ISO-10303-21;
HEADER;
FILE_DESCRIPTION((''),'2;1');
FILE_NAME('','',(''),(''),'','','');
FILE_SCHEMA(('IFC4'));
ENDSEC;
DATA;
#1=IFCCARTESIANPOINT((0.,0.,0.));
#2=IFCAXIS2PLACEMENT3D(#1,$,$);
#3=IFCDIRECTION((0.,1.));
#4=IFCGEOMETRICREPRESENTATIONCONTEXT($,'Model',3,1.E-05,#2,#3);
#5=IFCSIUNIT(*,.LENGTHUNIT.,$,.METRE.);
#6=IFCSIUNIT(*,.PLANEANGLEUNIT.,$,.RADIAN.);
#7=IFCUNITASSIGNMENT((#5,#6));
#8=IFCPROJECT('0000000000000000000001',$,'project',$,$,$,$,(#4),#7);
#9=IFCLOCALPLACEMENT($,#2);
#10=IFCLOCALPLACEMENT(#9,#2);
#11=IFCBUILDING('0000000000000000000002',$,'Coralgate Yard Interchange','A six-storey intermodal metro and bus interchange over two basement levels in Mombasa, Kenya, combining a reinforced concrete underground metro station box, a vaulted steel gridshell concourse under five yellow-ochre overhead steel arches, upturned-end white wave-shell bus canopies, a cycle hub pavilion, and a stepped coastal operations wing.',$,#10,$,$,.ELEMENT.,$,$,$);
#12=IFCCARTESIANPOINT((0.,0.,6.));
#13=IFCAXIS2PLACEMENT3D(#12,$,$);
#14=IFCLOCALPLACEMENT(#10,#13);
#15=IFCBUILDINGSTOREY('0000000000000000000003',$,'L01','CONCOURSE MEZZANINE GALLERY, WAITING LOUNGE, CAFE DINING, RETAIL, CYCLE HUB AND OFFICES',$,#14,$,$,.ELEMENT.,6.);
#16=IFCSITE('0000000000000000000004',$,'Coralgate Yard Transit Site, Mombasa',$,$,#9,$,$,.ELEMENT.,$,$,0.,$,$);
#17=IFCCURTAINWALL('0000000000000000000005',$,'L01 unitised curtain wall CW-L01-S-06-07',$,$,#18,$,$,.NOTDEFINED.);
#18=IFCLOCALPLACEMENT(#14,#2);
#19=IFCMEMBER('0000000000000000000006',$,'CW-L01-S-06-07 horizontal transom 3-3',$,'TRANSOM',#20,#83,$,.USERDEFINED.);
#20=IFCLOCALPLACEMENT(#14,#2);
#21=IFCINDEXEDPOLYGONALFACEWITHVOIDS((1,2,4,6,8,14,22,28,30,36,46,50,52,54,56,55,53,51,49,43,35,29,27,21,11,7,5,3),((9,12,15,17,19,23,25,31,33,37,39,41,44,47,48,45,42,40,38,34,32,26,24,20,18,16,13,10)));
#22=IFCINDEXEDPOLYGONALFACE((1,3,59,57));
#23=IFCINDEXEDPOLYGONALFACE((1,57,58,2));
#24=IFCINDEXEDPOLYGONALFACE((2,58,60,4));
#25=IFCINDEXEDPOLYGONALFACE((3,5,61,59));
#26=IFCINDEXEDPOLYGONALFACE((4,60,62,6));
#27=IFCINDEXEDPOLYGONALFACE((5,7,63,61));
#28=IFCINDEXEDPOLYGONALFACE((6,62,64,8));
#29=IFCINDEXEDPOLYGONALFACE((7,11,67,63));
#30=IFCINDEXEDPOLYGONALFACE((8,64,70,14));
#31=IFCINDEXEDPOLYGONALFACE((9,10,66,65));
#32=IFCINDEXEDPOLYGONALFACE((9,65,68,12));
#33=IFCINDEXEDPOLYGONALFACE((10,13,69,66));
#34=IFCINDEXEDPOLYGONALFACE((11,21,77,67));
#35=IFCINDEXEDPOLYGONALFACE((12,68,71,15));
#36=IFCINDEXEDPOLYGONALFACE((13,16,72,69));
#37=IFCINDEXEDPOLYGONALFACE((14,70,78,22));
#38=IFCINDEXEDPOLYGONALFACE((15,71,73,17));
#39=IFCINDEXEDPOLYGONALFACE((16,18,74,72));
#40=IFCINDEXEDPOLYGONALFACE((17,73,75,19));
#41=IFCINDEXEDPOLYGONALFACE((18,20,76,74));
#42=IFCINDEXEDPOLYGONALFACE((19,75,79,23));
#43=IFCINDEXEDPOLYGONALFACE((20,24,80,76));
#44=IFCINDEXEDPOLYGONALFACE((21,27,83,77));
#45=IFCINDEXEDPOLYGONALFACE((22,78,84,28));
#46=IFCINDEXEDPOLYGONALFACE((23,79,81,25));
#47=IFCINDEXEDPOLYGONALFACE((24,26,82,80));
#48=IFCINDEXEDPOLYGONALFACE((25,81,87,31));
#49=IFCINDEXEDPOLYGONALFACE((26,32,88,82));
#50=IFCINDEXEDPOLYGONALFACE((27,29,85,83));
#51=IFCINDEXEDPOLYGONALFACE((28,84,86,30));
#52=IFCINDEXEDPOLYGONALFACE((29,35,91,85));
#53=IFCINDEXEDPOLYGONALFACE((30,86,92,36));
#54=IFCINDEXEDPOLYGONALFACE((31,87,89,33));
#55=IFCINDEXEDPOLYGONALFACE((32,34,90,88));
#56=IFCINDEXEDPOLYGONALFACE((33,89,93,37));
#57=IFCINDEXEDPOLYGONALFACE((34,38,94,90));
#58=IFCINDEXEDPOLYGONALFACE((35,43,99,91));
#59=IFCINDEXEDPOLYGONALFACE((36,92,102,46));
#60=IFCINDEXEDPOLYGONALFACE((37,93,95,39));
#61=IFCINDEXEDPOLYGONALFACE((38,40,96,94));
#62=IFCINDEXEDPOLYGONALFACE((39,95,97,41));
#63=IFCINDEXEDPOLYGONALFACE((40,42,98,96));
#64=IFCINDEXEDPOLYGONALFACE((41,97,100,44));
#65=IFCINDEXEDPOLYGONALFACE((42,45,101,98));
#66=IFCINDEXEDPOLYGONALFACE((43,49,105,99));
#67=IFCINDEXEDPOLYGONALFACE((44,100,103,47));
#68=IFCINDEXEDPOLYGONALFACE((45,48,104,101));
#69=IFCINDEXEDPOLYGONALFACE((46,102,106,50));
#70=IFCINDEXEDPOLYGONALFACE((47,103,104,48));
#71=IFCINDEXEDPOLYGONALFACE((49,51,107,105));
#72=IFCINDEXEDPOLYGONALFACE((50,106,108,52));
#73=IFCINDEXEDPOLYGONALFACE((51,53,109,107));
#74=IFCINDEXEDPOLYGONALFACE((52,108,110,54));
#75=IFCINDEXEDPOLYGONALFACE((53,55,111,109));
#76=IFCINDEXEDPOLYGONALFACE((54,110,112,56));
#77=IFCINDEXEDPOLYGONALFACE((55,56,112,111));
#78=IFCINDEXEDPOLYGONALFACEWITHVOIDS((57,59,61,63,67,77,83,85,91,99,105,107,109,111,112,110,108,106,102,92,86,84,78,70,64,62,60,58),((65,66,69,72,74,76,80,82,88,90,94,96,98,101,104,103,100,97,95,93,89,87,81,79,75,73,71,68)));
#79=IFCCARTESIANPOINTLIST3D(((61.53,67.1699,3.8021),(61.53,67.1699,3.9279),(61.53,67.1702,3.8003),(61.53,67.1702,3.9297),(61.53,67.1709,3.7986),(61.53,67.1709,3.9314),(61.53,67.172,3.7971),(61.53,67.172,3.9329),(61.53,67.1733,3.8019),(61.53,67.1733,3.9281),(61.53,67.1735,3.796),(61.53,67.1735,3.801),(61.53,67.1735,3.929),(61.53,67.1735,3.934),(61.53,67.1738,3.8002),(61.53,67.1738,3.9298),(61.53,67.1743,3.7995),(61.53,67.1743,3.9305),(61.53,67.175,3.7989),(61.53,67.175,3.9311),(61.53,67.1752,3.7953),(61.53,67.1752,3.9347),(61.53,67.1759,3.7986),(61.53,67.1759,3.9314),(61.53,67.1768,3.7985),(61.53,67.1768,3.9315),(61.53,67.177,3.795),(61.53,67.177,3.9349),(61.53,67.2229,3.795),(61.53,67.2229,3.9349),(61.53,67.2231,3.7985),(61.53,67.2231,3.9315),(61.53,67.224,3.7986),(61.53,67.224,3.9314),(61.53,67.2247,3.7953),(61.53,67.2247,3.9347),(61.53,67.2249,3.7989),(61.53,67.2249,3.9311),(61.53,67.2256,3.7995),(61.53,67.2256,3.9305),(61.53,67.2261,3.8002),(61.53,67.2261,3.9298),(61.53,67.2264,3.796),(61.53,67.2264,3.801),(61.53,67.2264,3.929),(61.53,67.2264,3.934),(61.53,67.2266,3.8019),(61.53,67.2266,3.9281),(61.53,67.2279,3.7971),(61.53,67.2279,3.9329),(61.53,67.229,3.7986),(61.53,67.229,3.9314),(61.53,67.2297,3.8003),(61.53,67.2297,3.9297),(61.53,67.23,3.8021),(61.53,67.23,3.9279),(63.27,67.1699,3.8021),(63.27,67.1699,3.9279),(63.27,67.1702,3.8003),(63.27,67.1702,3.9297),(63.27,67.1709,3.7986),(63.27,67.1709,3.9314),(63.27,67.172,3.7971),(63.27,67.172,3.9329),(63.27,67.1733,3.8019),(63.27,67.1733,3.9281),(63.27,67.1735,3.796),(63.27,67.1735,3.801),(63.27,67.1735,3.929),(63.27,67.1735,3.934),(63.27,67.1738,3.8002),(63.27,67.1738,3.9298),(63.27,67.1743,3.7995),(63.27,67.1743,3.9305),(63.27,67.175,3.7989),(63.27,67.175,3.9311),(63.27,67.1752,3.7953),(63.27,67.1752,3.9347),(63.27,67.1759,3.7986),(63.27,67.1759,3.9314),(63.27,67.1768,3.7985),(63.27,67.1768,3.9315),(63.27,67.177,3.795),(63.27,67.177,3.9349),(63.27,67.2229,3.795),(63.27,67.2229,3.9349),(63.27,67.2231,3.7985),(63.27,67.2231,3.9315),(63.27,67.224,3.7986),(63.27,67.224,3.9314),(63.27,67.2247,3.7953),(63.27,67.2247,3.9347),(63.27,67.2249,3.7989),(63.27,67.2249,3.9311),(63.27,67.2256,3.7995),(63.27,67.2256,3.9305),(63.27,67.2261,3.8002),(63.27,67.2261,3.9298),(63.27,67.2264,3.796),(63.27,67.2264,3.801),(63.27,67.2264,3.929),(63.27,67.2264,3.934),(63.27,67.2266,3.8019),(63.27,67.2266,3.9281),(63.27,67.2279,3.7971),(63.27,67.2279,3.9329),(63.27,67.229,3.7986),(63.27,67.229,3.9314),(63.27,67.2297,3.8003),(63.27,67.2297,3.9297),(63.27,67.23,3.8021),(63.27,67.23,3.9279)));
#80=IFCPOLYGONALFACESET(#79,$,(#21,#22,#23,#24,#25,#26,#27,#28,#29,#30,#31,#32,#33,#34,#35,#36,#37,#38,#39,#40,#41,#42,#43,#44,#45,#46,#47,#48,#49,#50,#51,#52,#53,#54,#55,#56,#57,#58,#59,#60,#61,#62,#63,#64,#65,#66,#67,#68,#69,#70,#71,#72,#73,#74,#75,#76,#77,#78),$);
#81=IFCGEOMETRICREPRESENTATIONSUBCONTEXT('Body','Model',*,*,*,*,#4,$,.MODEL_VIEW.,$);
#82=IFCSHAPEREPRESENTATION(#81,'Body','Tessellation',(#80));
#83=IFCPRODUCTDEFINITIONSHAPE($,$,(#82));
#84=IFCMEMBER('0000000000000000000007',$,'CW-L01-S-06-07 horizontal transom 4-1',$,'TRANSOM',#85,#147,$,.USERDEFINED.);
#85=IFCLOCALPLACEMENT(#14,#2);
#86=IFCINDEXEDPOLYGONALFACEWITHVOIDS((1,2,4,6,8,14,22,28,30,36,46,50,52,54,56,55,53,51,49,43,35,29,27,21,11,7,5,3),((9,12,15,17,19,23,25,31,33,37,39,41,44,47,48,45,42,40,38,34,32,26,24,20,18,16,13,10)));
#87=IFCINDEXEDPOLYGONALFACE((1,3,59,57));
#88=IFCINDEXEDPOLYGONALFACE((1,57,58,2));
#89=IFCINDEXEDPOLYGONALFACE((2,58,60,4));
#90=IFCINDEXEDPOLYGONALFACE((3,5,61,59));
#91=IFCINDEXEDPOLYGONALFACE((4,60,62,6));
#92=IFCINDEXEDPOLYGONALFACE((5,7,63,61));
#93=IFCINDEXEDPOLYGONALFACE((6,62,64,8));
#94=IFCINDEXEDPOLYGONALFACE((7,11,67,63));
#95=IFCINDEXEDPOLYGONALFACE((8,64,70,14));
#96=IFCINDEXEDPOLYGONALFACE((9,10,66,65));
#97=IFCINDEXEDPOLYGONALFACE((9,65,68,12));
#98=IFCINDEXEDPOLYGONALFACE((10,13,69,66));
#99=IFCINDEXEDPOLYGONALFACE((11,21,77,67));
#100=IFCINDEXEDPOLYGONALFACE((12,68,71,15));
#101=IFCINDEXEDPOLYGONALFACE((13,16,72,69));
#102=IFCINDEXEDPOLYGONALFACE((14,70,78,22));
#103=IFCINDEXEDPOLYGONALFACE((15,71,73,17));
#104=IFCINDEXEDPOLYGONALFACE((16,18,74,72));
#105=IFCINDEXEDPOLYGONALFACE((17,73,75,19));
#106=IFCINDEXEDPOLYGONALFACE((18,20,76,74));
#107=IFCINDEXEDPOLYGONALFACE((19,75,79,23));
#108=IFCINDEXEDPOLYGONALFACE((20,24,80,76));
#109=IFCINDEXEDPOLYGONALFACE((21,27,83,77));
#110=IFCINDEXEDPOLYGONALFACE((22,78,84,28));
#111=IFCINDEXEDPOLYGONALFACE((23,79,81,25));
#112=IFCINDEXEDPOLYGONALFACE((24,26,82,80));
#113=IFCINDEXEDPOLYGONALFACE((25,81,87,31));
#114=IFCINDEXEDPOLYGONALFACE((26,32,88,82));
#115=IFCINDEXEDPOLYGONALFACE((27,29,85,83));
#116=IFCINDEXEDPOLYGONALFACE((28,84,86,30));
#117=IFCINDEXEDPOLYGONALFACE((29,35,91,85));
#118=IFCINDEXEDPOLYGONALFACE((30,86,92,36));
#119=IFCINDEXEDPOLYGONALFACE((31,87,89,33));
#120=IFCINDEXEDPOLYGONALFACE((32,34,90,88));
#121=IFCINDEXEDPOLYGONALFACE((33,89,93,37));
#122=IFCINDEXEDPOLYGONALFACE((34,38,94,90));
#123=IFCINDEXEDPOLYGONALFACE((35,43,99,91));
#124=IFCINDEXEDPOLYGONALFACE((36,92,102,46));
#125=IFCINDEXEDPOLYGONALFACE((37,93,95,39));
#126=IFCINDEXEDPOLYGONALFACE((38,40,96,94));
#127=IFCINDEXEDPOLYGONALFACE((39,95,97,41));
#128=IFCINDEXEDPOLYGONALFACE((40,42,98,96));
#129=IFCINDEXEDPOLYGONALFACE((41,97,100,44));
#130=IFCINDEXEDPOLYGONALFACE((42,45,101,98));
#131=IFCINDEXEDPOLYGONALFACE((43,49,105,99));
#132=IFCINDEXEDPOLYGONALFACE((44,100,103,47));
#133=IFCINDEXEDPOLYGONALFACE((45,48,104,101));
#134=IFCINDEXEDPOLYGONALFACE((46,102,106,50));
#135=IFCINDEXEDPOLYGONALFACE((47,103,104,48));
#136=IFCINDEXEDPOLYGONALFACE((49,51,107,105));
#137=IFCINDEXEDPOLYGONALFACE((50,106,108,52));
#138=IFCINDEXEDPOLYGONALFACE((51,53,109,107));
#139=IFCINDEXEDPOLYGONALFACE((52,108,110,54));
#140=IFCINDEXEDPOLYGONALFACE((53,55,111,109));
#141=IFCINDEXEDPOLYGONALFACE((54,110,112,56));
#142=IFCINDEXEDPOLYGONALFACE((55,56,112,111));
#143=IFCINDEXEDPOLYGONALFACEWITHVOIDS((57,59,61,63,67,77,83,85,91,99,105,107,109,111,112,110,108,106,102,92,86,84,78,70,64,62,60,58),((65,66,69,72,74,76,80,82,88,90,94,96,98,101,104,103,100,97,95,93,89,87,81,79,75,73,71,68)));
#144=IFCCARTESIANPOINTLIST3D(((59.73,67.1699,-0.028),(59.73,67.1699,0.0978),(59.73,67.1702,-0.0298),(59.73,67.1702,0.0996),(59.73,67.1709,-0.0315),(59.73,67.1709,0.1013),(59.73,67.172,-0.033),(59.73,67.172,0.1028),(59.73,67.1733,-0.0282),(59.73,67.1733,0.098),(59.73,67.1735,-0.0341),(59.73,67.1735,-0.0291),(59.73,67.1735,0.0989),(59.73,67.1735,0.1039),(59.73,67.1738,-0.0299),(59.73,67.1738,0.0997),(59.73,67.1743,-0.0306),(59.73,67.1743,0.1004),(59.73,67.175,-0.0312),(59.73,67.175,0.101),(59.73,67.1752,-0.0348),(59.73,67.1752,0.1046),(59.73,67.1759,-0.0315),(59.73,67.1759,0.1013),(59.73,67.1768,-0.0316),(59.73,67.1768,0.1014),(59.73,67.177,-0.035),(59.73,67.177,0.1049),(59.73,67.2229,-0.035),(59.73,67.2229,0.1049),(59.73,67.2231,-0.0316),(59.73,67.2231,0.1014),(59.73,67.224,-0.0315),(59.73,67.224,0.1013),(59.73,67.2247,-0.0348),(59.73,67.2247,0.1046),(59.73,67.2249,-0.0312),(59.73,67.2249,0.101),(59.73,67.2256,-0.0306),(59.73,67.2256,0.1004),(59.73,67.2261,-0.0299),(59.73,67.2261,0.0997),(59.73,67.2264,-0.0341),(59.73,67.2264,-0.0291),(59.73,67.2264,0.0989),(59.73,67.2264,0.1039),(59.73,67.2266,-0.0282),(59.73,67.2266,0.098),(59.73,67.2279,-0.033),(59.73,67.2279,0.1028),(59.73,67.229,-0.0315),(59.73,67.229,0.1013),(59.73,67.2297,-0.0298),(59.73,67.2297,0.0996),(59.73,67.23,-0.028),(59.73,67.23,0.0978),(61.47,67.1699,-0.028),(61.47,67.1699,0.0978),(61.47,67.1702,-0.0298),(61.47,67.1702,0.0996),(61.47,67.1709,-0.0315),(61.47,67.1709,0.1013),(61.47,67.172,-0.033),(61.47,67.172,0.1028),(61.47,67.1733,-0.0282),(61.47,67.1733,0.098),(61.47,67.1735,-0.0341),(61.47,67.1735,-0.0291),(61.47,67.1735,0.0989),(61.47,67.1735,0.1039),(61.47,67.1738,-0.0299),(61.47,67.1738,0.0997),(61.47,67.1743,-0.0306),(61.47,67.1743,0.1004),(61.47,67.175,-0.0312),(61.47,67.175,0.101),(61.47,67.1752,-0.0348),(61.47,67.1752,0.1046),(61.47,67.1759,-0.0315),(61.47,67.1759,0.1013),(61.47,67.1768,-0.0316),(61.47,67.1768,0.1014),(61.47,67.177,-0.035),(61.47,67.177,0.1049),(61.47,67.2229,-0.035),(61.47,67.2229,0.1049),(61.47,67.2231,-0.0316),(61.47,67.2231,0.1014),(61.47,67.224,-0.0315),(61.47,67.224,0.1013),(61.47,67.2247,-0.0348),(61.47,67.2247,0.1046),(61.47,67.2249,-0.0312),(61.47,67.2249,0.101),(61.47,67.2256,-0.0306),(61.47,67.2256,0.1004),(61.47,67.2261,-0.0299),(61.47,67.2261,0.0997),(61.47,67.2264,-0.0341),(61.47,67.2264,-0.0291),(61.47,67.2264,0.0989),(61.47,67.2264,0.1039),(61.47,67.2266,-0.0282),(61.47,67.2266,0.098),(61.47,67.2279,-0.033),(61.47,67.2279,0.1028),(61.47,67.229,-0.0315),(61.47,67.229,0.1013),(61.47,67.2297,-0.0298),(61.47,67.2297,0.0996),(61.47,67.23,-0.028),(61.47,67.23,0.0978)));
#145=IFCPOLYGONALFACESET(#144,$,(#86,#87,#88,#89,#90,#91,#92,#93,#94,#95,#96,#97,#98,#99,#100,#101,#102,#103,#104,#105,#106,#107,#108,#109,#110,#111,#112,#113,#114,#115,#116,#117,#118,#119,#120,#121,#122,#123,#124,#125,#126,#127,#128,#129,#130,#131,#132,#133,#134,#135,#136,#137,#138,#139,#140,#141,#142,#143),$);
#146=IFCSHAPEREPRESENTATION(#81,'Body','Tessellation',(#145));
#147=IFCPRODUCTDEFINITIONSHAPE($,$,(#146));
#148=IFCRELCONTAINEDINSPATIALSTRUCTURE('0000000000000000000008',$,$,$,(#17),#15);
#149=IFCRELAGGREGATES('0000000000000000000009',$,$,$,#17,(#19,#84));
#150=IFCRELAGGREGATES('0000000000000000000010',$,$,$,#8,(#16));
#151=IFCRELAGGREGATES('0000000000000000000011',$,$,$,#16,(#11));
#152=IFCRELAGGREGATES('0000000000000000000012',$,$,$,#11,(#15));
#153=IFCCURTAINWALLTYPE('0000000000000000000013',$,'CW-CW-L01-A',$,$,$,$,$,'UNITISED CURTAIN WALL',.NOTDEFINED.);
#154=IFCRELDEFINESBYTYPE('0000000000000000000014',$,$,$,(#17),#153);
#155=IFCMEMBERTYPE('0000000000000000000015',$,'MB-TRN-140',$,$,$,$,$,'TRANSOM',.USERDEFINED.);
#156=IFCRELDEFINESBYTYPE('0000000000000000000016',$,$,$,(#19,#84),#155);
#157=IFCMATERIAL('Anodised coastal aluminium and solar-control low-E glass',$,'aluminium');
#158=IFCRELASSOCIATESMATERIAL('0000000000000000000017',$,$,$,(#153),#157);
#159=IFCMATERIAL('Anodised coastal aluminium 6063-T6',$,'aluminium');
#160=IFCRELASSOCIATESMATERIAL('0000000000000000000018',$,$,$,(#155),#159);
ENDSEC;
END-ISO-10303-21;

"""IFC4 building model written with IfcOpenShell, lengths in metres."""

from ifc_helpers import new_model, si_unit, direction, frame, origin, origin_2d, place, context, subcontext, project, spatial, hollow_rectangle, extrude, material, material_profile, profile_set, type_object, element, aggregate, save


model = new_model("IFC4")

# Units and contexts
model_context = context("Model", 3, precision=1e-05, world=origin(), true_north=direction((0.0, 1.0)))
body_context = subcontext(model_context, "Body", "Model", "MODEL_VIEW")
ifc_project = project(units=[si_unit("LENGTHUNIT", "METRE"), si_unit("PLANEANGLEUNIT", "RADIAN")], contexts=[model_context])

# Site, building, storey
site_placement = place(None, origin())
site = spatial("IfcSite", under=ifc_project, at=site_placement, Name="Coralgate Yard Transit Site, Mombasa", CompositionType="ELEMENT", RefElevation=0.0)
building_placement = place(site_placement, origin())
building = spatial("IfcBuilding", under=site, at=building_placement, Name="Coralgate Yard Interchange", Description="A six-storey intermodal metro and bus interchange over two basement levels in Mombasa, Kenya, combining a reinforced concrete underground metro station box, a vaulted steel gridshell concourse under five yellow-ochre overhead steel arches, upturned-end white wave-shell bus canopies, a cycle hub pavilion, and a stepped coastal operations wing.", CompositionType="ELEMENT")
storey_placement = place(building_placement, frame((0.0, 0.0, 6.0)))
storey = spatial("IfcBuildingStorey", under=building, at=storey_placement, Name="L01", Description="CONCOURSE MEZZANINE GALLERY, WAITING LOUNGE, CAFE DINING, RETAIL, CYCLE HUB AND OFFICES", CompositionType="ELEMENT", Elevation=6.0)

# Curtain wall, members
ifc_material_1 = material(Name="Anodised coastal aluminium and solar-control low-E glass", Category="aluminium")
curtain_wall_type = type_object("IfcCurtainWallType", Name="CW-CW-L01-A", ElementType="UNITISED CURTAIN WALL", PredefinedType="NOTDEFINED", material=ifc_material_1)
curtain_wall_placement = place(storey_placement, origin())
curtain_wall = element("IfcCurtainWall", 1, at=curtain_wall_placement, inside=storey, type_object=curtain_wall_type, Name="L01 unitised curtain wall CW-L01-S-06-07", PredefinedType="NOTDEFINED")
ifc_material_2 = material(Name="Anodised coastal aluminium 6063-T6", Category="aluminium")
ifc_material_profile_1 = material_profile(ifc_material_2, hollow_rectangle(XDim=0.0601, YDim=0.1399, WallThickness=0.0034, InnerFilletRadius=0.0034, OuterFilletRadius=0.0071, at=origin_2d()), Name="ALU 60x140x3.5")
ifc_profile_set_1 = profile_set([ifc_material_profile_1], Name="Anodised coastal aluminium 6063-T6")
member_type_1 = type_object("IfcMemberType", Name="MB-TRN-140", ElementType="TRANSOM", PredefinedType="USERDEFINED", material=ifc_profile_set_1)
member_1_placement = place(storey_placement, frame((63.27, 67.2, 3.865), z_axis=(-1.0, 0.0, 0.0), x_axis=(0.0, -1.0, 0.0)))
member_1 = element("IfcMember", 2, at=member_1_placement, type_object=member_type_1, Name="CW-L01-S-06-07 horizontal transom 3-3", ObjectType="TRANSOM", PredefinedType="USERDEFINED", context=body_context, shape_type="SweptSolid", body=[
    extrude(hollow_rectangle(XDim=0.0601, YDim=0.1399, WallThickness=0.0034, InnerFilletRadius=0.0034, OuterFilletRadius=0.0071, at=origin_2d()), origin(), (0.0, 0.0, 1.0), 1.74),
])
member_2_placement = place(storey_placement, frame((61.47, 67.2, 0.0349), z_axis=(-1.0, 0.0, 0.0), x_axis=(0.0, -1.0, 0.0)))
member_2 = element("IfcMember", 3, at=member_2_placement, type_object=member_type_1, Name="CW-L01-S-06-07 horizontal transom 4-1", ObjectType="TRANSOM", PredefinedType="USERDEFINED", context=body_context, shape_type="SweptSolid", body=[
    extrude(hollow_rectangle(XDim=0.0601, YDim=0.1399, WallThickness=0.0034, InnerFilletRadius=0.0034, OuterFilletRadius=0.0071, at=origin_2d()), origin(), (0.0, 0.0, 1.0), 1.74),
])
aggregate(curtain_wall, [member_1, member_2])

save(model, "model.ifc")
